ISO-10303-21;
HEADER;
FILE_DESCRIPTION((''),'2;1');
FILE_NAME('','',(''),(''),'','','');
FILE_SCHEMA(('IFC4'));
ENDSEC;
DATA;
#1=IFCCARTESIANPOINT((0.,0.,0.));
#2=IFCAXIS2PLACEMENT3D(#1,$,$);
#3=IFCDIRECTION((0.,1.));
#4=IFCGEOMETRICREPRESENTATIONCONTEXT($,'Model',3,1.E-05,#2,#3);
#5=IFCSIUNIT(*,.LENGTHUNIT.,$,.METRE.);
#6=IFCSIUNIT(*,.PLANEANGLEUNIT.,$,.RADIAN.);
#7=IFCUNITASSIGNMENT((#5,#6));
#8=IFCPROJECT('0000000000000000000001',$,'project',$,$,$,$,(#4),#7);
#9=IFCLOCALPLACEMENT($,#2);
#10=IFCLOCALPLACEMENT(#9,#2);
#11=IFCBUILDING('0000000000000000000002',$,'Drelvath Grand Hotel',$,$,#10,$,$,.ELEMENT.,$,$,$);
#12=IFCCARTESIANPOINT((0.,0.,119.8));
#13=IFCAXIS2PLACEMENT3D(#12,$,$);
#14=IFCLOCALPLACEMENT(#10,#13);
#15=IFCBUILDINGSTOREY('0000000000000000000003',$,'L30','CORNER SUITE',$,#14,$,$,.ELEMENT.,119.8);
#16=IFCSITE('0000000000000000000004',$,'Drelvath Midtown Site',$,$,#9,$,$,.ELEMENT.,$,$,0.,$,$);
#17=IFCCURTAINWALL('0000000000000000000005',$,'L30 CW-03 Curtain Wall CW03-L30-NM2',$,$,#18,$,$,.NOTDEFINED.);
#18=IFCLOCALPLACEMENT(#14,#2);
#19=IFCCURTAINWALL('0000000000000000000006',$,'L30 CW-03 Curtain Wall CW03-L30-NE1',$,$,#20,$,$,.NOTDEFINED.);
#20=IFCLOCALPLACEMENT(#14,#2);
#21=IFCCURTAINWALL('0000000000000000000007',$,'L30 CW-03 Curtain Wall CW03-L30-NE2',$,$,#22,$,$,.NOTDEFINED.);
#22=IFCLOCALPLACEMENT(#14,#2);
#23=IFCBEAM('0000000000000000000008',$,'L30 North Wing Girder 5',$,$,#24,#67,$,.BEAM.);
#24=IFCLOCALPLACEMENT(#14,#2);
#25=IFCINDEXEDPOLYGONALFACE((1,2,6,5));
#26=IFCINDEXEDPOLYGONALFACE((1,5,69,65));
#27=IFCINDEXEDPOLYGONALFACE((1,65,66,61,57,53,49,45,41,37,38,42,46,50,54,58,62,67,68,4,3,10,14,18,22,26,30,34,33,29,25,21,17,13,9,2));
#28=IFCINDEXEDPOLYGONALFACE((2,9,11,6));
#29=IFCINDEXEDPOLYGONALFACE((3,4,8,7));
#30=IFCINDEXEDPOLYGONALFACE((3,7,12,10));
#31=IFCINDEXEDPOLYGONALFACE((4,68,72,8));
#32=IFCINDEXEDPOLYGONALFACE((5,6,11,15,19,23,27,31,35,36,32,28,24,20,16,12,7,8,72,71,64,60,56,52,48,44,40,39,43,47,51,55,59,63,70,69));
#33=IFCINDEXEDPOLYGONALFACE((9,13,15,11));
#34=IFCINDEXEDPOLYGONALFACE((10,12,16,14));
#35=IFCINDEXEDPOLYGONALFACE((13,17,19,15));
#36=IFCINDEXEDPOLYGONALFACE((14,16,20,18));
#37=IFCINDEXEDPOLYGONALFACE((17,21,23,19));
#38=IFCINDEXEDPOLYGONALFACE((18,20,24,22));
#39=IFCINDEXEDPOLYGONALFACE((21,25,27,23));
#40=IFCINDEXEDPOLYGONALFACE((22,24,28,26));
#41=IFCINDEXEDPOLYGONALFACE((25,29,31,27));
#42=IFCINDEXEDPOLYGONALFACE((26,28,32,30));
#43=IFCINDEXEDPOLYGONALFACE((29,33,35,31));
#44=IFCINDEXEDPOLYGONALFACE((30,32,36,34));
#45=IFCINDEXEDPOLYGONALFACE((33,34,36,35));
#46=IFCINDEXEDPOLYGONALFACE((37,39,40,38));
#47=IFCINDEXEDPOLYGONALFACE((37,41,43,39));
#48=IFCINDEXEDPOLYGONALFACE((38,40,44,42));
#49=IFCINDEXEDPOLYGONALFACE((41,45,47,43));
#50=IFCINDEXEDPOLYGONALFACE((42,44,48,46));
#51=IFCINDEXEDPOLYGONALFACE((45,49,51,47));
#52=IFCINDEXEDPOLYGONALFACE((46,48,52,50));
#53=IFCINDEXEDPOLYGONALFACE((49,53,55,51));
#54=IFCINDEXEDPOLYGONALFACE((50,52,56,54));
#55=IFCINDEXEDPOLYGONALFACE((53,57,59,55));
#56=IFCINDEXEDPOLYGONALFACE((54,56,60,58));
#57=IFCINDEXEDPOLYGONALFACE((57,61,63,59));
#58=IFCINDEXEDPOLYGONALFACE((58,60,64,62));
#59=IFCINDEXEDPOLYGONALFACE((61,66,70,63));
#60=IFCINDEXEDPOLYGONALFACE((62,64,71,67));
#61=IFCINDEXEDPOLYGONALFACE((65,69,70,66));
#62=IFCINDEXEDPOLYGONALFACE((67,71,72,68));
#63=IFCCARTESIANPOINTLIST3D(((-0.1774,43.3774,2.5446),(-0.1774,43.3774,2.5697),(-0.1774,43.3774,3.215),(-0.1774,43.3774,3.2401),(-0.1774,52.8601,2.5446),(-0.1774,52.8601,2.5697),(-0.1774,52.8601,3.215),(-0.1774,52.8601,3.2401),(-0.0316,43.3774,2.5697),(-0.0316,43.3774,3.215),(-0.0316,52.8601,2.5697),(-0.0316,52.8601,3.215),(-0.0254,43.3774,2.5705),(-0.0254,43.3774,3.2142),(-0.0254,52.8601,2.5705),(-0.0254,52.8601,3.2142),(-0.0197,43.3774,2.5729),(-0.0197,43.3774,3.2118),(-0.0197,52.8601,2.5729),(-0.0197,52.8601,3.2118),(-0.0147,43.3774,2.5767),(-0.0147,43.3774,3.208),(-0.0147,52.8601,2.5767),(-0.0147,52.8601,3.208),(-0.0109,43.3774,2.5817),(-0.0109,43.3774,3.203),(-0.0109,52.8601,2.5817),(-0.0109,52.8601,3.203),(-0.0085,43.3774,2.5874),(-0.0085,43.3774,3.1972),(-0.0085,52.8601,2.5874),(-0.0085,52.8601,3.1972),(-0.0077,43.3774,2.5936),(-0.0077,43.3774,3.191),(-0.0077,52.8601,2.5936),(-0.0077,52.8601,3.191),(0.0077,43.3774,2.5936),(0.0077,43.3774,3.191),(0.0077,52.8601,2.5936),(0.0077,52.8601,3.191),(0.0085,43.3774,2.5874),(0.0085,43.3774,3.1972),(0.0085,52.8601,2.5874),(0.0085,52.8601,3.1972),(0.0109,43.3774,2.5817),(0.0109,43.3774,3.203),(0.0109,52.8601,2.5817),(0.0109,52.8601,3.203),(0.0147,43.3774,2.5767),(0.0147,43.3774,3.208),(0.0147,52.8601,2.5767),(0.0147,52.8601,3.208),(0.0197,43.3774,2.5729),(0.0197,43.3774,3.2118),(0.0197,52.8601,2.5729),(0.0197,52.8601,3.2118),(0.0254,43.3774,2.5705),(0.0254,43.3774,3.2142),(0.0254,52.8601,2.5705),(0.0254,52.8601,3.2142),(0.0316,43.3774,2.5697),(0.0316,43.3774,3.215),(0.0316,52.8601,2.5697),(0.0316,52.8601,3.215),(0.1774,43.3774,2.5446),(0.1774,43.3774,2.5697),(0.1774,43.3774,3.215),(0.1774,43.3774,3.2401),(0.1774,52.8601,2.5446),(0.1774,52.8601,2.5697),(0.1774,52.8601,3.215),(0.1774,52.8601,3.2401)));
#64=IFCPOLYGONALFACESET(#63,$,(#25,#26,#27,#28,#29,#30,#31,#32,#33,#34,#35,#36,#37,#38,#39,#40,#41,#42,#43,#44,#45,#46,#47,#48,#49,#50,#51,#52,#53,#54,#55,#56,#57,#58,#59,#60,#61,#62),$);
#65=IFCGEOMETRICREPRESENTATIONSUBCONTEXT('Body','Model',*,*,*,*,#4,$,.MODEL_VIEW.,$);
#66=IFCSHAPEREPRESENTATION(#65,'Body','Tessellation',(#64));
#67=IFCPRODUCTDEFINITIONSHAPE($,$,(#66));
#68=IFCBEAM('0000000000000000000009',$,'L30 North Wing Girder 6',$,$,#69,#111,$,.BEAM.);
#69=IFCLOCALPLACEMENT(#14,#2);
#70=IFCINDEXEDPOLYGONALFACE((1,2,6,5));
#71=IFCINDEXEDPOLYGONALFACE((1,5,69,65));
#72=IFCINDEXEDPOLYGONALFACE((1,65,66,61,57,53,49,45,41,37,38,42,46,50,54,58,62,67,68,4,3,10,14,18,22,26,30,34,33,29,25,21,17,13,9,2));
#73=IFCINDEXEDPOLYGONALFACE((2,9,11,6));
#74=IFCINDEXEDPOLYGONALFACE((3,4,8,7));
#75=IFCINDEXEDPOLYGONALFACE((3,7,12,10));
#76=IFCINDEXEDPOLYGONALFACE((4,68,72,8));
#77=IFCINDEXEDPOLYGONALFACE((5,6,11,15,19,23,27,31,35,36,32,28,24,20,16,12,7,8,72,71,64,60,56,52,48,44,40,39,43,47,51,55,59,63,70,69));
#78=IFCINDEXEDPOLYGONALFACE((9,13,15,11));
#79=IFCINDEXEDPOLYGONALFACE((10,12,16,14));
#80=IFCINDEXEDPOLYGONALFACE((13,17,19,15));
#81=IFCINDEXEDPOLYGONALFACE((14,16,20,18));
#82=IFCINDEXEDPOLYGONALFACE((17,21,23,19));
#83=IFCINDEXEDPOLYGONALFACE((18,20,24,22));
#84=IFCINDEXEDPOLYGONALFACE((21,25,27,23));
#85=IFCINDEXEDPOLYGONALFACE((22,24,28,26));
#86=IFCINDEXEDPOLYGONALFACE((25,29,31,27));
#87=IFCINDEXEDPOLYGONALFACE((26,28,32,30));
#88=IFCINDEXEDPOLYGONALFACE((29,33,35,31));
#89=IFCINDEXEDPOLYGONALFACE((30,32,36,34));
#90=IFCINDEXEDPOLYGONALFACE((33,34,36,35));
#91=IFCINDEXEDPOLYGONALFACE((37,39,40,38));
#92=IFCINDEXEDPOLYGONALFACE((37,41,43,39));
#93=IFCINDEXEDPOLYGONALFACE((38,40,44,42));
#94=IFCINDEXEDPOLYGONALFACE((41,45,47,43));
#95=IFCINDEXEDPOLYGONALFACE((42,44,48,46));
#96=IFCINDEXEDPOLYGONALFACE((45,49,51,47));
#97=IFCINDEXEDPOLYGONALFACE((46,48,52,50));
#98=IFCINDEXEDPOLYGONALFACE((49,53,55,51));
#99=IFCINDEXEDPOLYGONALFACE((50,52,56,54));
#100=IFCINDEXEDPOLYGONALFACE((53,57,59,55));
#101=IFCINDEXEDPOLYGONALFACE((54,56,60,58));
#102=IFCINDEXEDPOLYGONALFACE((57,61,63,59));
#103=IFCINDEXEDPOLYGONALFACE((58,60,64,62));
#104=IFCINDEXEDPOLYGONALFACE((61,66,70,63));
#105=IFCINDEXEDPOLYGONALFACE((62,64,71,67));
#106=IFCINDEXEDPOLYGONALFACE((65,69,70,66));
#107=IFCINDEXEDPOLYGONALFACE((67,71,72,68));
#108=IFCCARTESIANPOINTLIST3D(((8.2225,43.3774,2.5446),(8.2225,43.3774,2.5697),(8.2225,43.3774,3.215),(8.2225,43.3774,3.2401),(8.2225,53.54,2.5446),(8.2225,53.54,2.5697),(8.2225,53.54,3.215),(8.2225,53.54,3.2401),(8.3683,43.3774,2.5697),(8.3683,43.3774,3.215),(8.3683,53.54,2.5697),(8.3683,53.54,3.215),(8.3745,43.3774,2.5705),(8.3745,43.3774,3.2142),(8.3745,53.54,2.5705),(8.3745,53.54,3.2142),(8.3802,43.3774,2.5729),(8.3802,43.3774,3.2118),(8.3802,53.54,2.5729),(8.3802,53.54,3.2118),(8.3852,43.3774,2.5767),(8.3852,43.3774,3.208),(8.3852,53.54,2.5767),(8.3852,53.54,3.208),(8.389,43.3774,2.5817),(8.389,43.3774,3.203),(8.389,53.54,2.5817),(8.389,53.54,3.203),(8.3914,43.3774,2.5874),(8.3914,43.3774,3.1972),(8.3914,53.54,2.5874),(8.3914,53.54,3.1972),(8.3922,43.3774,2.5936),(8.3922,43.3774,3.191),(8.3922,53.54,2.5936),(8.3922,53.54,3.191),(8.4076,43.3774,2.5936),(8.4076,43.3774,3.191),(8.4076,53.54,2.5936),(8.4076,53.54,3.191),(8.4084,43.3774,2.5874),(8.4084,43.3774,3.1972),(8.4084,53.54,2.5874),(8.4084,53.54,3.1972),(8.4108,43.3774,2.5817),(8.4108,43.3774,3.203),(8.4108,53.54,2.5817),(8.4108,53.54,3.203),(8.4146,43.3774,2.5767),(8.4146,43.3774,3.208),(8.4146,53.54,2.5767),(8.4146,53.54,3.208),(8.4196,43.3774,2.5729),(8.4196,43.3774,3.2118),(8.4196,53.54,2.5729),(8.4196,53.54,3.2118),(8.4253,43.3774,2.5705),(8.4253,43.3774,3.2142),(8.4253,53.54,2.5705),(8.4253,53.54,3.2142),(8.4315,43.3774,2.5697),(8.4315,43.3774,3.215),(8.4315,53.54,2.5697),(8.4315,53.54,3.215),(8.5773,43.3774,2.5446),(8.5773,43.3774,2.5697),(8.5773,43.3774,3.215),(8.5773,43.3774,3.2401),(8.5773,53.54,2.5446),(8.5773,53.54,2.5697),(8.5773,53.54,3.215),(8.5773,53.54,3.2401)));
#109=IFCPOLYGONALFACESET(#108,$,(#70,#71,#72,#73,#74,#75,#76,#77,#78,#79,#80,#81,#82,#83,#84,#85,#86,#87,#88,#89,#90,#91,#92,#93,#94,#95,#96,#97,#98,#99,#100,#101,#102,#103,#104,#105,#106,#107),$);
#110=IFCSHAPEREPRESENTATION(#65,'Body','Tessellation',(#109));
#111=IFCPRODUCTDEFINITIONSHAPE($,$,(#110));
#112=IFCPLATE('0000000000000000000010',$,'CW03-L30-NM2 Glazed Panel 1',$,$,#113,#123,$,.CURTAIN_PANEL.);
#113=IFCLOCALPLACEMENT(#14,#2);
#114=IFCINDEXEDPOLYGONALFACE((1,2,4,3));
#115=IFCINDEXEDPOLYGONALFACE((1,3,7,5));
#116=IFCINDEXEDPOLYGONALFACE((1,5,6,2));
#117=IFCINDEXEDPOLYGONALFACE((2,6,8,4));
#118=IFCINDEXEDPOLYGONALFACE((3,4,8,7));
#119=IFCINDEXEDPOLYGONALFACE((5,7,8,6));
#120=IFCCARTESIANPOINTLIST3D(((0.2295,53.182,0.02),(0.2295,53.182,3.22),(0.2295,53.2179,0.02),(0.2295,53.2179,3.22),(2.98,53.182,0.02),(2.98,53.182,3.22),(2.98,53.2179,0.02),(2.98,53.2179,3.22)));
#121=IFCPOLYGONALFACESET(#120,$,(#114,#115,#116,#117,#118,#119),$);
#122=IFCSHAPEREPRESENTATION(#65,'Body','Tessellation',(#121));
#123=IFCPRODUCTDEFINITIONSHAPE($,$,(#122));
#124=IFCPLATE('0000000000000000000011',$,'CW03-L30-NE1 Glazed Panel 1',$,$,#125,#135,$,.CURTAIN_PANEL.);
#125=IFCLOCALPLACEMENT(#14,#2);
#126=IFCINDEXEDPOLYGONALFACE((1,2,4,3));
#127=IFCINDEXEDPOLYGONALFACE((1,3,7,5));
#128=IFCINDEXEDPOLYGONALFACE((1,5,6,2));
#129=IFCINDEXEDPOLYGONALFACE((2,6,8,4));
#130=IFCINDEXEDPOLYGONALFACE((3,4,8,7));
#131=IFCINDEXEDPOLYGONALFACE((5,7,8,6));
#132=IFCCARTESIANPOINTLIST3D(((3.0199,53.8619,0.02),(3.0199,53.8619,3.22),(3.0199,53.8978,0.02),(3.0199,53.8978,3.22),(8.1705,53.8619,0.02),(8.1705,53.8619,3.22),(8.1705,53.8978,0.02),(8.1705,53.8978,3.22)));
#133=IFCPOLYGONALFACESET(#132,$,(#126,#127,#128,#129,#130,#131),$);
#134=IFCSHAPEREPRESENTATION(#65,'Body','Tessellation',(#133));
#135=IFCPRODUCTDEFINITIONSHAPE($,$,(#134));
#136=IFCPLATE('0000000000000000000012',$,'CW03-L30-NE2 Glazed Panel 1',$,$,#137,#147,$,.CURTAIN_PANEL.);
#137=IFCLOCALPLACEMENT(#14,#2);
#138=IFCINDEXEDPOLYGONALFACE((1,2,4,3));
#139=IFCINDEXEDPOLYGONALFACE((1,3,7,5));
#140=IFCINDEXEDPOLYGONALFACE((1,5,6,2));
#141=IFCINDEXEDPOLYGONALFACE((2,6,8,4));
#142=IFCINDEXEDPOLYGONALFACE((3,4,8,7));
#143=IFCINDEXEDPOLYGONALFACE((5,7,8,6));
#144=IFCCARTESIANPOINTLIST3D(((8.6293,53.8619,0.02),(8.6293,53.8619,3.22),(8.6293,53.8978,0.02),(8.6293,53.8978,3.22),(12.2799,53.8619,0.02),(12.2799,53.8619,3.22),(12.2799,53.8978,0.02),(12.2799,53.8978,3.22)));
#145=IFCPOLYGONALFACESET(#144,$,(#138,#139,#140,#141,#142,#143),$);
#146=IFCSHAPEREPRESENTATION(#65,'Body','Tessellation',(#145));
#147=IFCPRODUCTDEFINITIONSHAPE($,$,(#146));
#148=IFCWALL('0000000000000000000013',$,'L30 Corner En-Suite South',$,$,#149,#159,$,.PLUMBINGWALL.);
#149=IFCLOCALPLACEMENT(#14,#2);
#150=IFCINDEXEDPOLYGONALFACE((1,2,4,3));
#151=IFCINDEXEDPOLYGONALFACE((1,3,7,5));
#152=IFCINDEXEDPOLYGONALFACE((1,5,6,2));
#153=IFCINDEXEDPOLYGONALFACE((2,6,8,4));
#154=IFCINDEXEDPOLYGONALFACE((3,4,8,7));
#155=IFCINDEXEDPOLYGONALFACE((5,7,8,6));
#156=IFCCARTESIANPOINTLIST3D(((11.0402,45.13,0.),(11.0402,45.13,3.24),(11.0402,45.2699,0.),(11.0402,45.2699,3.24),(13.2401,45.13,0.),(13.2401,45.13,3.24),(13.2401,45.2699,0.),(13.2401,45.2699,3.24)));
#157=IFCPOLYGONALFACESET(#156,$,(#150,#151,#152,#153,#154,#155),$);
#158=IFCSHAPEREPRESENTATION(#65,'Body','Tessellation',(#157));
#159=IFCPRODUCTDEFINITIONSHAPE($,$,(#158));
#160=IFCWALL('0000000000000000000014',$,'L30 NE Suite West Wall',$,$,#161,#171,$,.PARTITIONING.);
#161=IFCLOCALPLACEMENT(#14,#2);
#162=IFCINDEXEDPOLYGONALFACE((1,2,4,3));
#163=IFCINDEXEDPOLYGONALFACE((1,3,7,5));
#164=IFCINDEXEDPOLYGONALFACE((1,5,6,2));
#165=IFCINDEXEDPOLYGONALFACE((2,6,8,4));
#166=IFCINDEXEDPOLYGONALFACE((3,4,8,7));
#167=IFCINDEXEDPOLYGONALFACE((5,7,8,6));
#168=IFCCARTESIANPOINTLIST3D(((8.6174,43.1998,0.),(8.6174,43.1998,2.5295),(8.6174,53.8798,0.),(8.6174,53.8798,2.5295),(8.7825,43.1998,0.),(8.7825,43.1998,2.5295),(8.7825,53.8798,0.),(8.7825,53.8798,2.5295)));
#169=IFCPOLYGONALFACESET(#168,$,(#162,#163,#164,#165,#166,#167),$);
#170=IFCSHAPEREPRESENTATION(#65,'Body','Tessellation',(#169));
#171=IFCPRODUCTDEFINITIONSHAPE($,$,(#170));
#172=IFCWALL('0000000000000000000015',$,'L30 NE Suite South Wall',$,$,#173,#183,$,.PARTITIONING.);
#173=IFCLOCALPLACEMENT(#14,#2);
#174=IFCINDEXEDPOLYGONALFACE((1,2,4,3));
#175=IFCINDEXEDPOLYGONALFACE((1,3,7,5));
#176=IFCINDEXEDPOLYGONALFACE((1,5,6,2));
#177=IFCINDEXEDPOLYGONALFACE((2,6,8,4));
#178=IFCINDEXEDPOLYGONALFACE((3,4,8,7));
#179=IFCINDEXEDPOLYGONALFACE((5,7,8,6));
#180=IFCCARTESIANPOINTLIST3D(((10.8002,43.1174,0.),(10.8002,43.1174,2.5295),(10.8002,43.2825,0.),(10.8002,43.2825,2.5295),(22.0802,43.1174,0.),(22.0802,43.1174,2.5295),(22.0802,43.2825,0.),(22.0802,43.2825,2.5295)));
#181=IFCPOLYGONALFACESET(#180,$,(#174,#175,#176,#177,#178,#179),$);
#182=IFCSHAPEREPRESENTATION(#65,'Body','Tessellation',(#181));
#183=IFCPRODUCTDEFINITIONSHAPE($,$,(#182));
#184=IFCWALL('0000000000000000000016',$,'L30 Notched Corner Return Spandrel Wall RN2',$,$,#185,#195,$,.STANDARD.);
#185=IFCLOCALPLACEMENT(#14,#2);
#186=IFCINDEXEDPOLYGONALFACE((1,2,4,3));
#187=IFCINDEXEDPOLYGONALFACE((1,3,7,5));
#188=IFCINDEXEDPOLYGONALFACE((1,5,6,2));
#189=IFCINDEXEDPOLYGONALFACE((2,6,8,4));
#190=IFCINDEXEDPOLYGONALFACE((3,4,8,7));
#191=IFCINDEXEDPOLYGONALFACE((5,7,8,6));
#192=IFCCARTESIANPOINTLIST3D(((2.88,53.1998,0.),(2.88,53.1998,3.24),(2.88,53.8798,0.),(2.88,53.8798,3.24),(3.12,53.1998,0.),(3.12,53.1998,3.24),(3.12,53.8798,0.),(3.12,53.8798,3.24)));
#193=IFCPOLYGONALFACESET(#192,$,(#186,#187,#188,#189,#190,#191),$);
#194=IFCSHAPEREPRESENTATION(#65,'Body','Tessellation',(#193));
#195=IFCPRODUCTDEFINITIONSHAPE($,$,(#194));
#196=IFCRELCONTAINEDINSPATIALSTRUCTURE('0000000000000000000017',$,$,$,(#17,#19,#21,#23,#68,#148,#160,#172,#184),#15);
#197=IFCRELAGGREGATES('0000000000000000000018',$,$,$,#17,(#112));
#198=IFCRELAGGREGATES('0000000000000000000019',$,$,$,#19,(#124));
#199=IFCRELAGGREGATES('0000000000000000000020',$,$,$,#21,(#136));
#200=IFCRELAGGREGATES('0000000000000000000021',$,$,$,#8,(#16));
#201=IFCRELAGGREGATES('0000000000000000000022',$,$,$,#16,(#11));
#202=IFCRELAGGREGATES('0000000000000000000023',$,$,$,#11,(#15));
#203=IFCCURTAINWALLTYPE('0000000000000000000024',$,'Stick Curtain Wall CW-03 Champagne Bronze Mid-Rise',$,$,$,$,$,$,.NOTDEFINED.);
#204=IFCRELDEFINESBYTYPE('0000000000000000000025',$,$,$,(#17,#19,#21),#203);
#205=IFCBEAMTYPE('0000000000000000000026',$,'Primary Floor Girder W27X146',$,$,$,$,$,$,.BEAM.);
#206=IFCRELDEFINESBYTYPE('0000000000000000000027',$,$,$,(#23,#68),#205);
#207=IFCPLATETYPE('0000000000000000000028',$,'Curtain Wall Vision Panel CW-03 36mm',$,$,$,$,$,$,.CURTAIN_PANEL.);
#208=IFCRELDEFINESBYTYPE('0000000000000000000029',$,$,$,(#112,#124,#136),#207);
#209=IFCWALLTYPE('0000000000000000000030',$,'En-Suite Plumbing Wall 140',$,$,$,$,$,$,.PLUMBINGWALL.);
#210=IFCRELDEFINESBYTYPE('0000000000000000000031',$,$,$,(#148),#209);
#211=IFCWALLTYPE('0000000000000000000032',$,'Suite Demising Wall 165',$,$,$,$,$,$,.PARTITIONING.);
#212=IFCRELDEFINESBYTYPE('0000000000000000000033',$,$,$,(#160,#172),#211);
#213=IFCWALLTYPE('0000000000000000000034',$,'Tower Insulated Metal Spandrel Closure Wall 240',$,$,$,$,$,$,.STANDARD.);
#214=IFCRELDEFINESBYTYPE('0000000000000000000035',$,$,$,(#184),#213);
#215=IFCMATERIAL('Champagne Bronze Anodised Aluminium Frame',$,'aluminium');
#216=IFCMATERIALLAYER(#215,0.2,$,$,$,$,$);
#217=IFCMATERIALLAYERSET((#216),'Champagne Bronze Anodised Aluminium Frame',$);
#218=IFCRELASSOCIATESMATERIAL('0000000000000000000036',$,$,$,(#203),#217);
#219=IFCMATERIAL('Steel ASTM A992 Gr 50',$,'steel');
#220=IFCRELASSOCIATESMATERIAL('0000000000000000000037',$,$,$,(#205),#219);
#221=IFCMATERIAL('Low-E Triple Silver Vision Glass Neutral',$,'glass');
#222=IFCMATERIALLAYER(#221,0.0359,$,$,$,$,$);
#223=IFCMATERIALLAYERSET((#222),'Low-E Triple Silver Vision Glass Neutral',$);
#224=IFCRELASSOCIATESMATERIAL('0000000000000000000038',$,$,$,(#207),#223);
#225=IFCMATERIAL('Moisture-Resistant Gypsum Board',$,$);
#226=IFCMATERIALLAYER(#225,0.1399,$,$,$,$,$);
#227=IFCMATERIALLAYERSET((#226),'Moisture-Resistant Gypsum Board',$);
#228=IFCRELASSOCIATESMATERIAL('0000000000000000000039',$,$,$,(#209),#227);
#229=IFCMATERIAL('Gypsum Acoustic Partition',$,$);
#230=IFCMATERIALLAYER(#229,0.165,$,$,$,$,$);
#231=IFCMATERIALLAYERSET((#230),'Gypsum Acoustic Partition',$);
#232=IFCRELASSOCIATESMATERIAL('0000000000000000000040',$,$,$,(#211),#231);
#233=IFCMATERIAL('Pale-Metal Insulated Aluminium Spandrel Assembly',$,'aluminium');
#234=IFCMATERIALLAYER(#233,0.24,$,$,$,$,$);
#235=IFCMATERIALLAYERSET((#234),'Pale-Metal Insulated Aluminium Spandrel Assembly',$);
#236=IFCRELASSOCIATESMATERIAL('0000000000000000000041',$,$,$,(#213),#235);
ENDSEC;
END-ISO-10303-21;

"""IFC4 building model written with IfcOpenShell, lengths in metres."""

from ifc_helpers import new_model, si_unit, direction, frame, frame_2d, origin, origin_2d, place, context, subcontext, project, spatial, rectangle, i_section, extrude, material, layer, layer_set, material_profile, profile_set, type_object, element, aggregate, save


model = new_model("IFC4")

# Units and contexts
model_context = context("Model", 3, precision=1e-05, world=origin(), true_north=direction((0.0, 1.0)))
body_context = subcontext(model_context, "Body", "Model", "MODEL_VIEW")
ifc_project = project(units=[si_unit("LENGTHUNIT", "METRE"), si_unit("PLANEANGLEUNIT", "RADIAN")], contexts=[model_context])

# Site, building, storey
site_placement = place(None, origin())
site = spatial("IfcSite", under=ifc_project, at=site_placement, Name="Drelvath Midtown Site", CompositionType="ELEMENT", RefElevation=0.0)
building_placement = place(site_placement, origin())
building = spatial("IfcBuilding", under=site, at=building_placement, Name="Drelvath Grand Hotel", CompositionType="ELEMENT")
storey_placement = place(building_placement, frame((0.0, 0.0, 119.8)))
storey = spatial("IfcBuildingStorey", under=building, at=storey_placement, Name="L30", Description="CORNER SUITE", CompositionType="ELEMENT", Elevation=119.8)

# Curtain walls
ifc_material_1 = material(Name="Champagne Bronze Anodised Aluminium Frame", Category="aluminium")
ifc_layer_1 = layer(ifc_material_1, 0.2)
ifc_layer_set_1 = layer_set([ifc_layer_1], Name="Champagne Bronze Anodised Aluminium Frame")
curtain_wall_type = type_object("IfcCurtainWallType", Name="Stick Curtain Wall CW-03 Champagne Bronze Mid-Rise", PredefinedType="NOTDEFINED", material=ifc_layer_set_1)
curtain_wall_1_placement = place(storey_placement, origin())
curtain_wall_1 = element("IfcCurtainWall", 1, at=curtain_wall_1_placement, inside=storey, type_object=curtain_wall_type, Name="L30 CW-03 Curtain Wall CW03-L30-NM2", PredefinedType="NOTDEFINED")
curtain_wall_2_placement = place(storey_placement, origin())
curtain_wall_2 = element("IfcCurtainWall", 2, at=curtain_wall_2_placement, inside=storey, type_object=curtain_wall_type, Name="L30 CW-03 Curtain Wall CW03-L30-NE1", PredefinedType="NOTDEFINED")
curtain_wall_3_placement = place(storey_placement, origin())
curtain_wall_3 = element("IfcCurtainWall", 3, at=curtain_wall_3_placement, inside=storey, type_object=curtain_wall_type, Name="L30 CW-03 Curtain Wall CW03-L30-NE2", PredefinedType="NOTDEFINED")

# Beams
ifc_material_2 = material(Name="Steel ASTM A992 Gr 50", Category="steel")
ifc_material_profile_1 = material_profile(ifc_material_2, i_section(OverallWidth=0.3547, OverallDepth=0.6956, WebThickness=0.0154, FlangeThickness=0.0251, FilletRadius=0.0239, at=origin_2d()), Name="W27X146")
ifc_profile_set_1 = profile_set([ifc_material_profile_1], Name="Steel ASTM A992 Gr 50")
beam_type_1 = type_object("IfcBeamType", Name="Primary Floor Girder W27X146", PredefinedType="BEAM", material=ifc_profile_set_1)
beam_1_placement = place(storey_placement, frame((0.0, 43.3774, 2.8923), z_axis=(0.0, 1.0, 0.0), x_axis=(-1.0, 0.0, 0.0)))
element("IfcBeam", 4, at=beam_1_placement, inside=storey, type_object=beam_type_1, Name="L30 North Wing Girder 5", PredefinedType="BEAM", context=body_context, shape_type="SweptSolid", body=[
    extrude(i_section(OverallWidth=0.3547, OverallDepth=0.6956, WebThickness=0.0154, FlangeThickness=0.0251, FilletRadius=0.0239, at=origin_2d()), origin(), (0.0, 0.0, 1.0), 9.4827),
])
beam_2_placement = place(storey_placement, frame((8.3999, 43.3774, 2.8923), z_axis=(0.0, 1.0, 0.0), x_axis=(-1.0, 0.0, 0.0)))
element("IfcBeam", 5, at=beam_2_placement, inside=storey, type_object=beam_type_1, Name="L30 North Wing Girder 6", PredefinedType="BEAM", context=body_context, shape_type="SweptSolid", body=[
    extrude(i_section(OverallWidth=0.3547, OverallDepth=0.6956, WebThickness=0.0154, FlangeThickness=0.0251, FilletRadius=0.0239, at=origin_2d()), origin(), (0.0, 0.0, 1.0), 10.1626),
])

# Plates
ifc_material_3 = material(Name="Low-E Triple Silver Vision Glass Neutral", Category="glass")
ifc_layer_2 = layer(ifc_material_3, 0.0359)
ifc_layer_set_2 = layer_set([ifc_layer_2], Name="Low-E Triple Silver Vision Glass Neutral")
plate_type = type_object("IfcPlateType", Name="Curtain Wall Vision Panel CW-03 36mm", PredefinedType="CURTAIN_PANEL", material=ifc_layer_set_2)
plate_1_placement = place(storey_placement, frame((1.6047, 53.2, 0.02), z_axis=(0.0, 0.0, 1.0), x_axis=(1.0, 0.0, 0.0)))
plate_1 = element("IfcPlate", 6, at=plate_1_placement, type_object=plate_type, Name="CW03-L30-NM2 Glazed Panel 1", PredefinedType="CURTAIN_PANEL", context=body_context, shape_type="SweptSolid", body=[
    extrude(rectangle(XDim=2.7505, YDim=0.0359, at=origin_2d()), origin(), (0.0, 0.0, 1.0), 3.2),
])
aggregate(curtain_wall_1, [plate_1])
plate_2_placement = place(storey_placement, frame((5.5952, 53.8799, 0.02), z_axis=(0.0, 0.0, 1.0), x_axis=(1.0, 0.0, 0.0)))
plate_2 = element("IfcPlate", 7, at=plate_2_placement, type_object=plate_type, Name="CW03-L30-NE1 Glazed Panel 1", PredefinedType="CURTAIN_PANEL", context=body_context, shape_type="SweptSolid", body=[
    extrude(rectangle(XDim=5.1506, YDim=0.0359, at=origin_2d()), origin(), (0.0, 0.0, 1.0), 3.2),
])
aggregate(curtain_wall_2, [plate_2])
plate_3_placement = place(storey_placement, frame((10.4546, 53.8799, 0.02), z_axis=(0.0, 0.0, 1.0), x_axis=(1.0, 0.0, 0.0)))
plate_3 = element("IfcPlate", 8, at=plate_3_placement, type_object=plate_type, Name="CW03-L30-NE2 Glazed Panel 1", PredefinedType="CURTAIN_PANEL", context=body_context, shape_type="SweptSolid", body=[
    extrude(rectangle(XDim=3.6506, YDim=0.0359, at=origin_2d()), origin(), (0.0, 0.0, 1.0), 3.2),
])
aggregate(curtain_wall_3, [plate_3])

# Walls
ifc_material_4 = material(Name="Moisture-Resistant Gypsum Board")
ifc_layer_3 = layer(ifc_material_4, 0.1399)
ifc_layer_set_3 = layer_set([ifc_layer_3], Name="Moisture-Resistant Gypsum Board")
wall_type_1 = type_object("IfcWallType", Name="En-Suite Plumbing Wall 140", PredefinedType="PLUMBINGWALL", material=ifc_layer_set_3)
wall_1_placement = place(storey_placement, frame((11.04, 45.2, 0.0), z_axis=(0.0, 0.0, 1.0), x_axis=(1.0, 0.0, 0.0)))
element("IfcWall", 9, at=wall_1_placement, inside=storey, type_object=wall_type_1, Name="L30 Corner En-Suite South", PredefinedType="PLUMBINGWALL", context=body_context, shape_type="SweptSolid", body=[
    extrude(rectangle(XDim=2.2, YDim=0.1399, at=frame_2d((1.1001, 0.0))), origin(), (0.0, 0.0, 1.0), 3.24),
])
ifc_material_5 = material(Name="Gypsum Acoustic Partition")
ifc_layer_4 = layer(ifc_material_5, 0.165)
ifc_layer_set_4 = layer_set([ifc_layer_4], Name="Gypsum Acoustic Partition")
wall_type_2 = type_object("IfcWallType", Name="Suite Demising Wall 165", PredefinedType="PARTITIONING", material=ifc_layer_set_4)
wall_2_placement = place(storey_placement, frame((8.7, 43.2, 0.0), z_axis=(0.0, 0.0, 1.0), x_axis=(0.0, 1.0, 0.0)))
element("IfcWall", 10, at=wall_2_placement, inside=storey, type_object=wall_type_2, Name="L30 NE Suite West Wall", PredefinedType="PARTITIONING", context=body_context, shape_type="SweptSolid", body=[
    extrude(rectangle(XDim=10.6799, YDim=0.165, at=frame_2d((5.3398, 0.0))), origin(), (0.0, 0.0, 1.0), 2.5295),
])
wall_3_placement = place(storey_placement, frame((10.8, 43.2, 0.0), z_axis=(0.0, 0.0, 1.0), x_axis=(1.0, 0.0, 0.0)))
element("IfcWall", 11, at=wall_3_placement, inside=storey, type_object=wall_type_2, Name="L30 NE Suite South Wall", PredefinedType="PARTITIONING", context=body_context, shape_type="SweptSolid", body=[
    extrude(rectangle(XDim=11.28, YDim=0.165, at=frame_2d((5.6401, 0.0))), origin(), (0.0, 0.0, 1.0), 2.5295),
])
ifc_material_6 = material(Name="Pale-Metal Insulated Aluminium Spandrel Assembly", Category="aluminium")
ifc_layer_5 = layer(ifc_material_6, 0.24)
ifc_layer_set_5 = layer_set([ifc_layer_5], Name="Pale-Metal Insulated Aluminium Spandrel Assembly")
wall_type_3 = type_object("IfcWallType", Name="Tower Insulated Metal Spandrel Closure Wall 240", PredefinedType="STANDARD", material=ifc_layer_set_5)
wall_4_placement = place(storey_placement, frame((3.0, 53.2, 0.0), z_axis=(0.0, 0.0, 1.0), x_axis=(0.0, 1.0, 0.0)))
element("IfcWall", 12, at=wall_4_placement, inside=storey, type_object=wall_type_3, Name="L30 Notched Corner Return Spandrel Wall RN2", PredefinedType="STANDARD", context=body_context, shape_type="SweptSolid", body=[
    extrude(rectangle(XDim=0.6799, YDim=0.24, at=frame_2d((0.3398, 0.0))), origin(), (0.0, 0.0, 1.0), 3.24),
])

save(model, "model.ifc")
